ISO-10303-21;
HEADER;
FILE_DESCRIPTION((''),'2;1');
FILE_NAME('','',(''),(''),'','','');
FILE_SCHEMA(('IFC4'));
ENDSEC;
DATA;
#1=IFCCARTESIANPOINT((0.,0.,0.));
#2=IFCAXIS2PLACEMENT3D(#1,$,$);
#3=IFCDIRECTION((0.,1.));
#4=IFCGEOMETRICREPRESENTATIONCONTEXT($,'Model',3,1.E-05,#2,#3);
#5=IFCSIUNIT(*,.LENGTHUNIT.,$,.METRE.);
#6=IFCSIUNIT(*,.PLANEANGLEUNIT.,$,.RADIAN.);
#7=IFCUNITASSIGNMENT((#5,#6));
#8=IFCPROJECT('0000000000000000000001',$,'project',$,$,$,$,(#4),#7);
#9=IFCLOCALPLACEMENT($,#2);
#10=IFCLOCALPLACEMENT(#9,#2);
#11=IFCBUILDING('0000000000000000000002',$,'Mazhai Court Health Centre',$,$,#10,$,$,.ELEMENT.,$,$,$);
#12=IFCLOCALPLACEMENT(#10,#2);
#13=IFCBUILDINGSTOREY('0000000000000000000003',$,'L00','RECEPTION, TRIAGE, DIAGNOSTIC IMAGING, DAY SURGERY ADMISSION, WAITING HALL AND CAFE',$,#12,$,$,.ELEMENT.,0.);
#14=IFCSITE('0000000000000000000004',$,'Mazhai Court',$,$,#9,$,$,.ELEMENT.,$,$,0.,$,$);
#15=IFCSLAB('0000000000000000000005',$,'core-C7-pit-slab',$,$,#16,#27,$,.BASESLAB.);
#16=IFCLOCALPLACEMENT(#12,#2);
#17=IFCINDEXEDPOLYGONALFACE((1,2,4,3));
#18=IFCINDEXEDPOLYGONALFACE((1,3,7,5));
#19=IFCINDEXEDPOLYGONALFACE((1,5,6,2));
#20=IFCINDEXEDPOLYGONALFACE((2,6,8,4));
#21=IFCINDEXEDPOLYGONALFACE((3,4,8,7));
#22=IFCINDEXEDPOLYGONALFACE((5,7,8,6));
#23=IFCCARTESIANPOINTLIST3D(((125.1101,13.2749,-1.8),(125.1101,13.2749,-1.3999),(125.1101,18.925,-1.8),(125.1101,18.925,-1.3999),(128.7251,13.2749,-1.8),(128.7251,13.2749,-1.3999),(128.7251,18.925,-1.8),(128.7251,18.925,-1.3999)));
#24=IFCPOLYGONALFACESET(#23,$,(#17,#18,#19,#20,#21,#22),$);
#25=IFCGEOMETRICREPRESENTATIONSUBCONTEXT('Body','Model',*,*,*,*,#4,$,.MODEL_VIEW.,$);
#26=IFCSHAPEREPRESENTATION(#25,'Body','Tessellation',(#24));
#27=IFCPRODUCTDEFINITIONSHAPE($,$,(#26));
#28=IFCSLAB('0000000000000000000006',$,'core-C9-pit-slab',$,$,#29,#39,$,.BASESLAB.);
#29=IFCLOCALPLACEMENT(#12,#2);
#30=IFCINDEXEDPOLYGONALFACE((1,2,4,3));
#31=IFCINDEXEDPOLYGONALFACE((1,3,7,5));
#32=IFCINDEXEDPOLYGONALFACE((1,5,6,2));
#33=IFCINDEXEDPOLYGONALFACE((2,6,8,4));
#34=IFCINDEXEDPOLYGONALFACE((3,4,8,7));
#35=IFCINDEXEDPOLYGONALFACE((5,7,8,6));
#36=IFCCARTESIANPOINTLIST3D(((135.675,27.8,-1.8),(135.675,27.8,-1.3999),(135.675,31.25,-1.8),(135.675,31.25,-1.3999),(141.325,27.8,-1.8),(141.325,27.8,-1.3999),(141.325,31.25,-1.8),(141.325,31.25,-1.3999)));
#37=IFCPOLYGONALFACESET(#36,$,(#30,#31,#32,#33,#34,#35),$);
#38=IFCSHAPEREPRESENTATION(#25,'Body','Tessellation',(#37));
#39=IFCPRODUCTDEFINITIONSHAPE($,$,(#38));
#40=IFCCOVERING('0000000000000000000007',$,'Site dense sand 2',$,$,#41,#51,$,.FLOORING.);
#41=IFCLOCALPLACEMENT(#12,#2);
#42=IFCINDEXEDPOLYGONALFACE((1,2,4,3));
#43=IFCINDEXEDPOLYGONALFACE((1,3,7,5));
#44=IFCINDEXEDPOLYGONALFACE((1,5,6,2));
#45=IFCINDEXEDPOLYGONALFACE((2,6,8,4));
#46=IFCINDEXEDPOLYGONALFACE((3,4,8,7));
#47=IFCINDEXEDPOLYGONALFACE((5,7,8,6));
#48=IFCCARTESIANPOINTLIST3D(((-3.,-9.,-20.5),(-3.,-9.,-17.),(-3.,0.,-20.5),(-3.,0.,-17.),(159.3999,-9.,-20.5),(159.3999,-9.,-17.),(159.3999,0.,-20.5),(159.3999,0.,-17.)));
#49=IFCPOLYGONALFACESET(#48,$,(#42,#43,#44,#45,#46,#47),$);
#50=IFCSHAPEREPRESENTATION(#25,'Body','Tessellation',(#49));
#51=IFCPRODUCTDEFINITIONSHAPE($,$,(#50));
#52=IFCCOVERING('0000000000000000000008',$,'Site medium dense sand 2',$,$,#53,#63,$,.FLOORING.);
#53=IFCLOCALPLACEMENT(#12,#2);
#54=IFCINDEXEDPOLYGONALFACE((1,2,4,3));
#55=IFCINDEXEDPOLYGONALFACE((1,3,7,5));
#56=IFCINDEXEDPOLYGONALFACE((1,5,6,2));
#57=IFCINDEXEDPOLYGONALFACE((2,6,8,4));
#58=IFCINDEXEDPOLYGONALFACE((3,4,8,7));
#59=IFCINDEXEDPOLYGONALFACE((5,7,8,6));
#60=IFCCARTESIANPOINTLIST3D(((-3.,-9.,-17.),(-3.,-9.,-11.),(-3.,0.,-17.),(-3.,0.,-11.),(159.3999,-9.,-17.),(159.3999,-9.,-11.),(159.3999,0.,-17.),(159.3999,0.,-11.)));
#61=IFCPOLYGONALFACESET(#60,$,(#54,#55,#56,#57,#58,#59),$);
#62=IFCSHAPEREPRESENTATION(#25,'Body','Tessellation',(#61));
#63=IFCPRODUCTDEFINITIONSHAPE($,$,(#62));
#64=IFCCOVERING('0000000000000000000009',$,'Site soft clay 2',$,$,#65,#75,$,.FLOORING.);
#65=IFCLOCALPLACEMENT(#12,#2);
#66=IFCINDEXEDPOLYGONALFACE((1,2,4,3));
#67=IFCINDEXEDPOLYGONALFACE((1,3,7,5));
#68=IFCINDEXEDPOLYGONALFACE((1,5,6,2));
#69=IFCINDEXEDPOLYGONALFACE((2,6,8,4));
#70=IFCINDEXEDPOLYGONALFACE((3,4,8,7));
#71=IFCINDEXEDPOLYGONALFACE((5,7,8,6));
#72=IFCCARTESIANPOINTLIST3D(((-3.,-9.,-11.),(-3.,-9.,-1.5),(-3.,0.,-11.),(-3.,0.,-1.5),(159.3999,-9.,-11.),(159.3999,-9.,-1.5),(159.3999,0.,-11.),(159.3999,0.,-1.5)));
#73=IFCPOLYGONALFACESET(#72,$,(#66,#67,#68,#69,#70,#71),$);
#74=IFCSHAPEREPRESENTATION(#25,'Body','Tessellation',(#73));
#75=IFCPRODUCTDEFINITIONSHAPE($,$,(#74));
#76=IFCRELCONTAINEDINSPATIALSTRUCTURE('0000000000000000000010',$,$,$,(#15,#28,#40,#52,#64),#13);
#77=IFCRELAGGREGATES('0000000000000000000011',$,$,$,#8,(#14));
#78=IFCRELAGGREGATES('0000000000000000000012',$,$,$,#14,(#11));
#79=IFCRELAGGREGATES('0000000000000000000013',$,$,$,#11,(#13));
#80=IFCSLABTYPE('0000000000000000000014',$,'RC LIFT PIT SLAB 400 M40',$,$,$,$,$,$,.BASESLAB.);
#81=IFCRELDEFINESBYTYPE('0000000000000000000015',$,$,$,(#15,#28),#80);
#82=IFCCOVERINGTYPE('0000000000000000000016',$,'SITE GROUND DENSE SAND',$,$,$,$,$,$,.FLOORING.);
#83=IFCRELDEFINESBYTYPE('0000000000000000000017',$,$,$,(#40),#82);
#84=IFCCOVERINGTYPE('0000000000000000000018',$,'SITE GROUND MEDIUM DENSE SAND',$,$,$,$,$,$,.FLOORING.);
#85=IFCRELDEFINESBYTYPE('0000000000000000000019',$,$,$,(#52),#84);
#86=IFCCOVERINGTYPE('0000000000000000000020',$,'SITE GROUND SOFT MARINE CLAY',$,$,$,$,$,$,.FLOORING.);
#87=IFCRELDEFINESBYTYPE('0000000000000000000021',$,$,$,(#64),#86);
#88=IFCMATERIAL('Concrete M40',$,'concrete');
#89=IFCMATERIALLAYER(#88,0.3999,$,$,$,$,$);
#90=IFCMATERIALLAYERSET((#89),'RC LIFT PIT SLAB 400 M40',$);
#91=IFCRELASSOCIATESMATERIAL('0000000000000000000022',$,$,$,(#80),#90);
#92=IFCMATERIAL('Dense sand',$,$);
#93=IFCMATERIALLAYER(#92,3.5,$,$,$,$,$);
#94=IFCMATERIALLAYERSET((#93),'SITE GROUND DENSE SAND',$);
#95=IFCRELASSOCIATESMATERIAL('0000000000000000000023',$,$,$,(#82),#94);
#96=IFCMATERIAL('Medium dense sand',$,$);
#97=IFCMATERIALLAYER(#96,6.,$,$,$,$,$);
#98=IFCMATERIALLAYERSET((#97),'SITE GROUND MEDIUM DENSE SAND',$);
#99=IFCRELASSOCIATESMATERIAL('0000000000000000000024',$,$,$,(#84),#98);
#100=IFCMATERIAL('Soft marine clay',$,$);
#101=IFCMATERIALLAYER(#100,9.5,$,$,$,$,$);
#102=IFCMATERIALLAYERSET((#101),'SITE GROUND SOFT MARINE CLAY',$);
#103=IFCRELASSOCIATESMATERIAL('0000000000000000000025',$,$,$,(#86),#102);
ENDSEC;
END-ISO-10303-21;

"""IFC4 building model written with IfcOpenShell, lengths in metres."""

from ifc_helpers import new_model, si_unit, direction, frame, origin, place, context, subcontext, project, spatial, polyline, outline, extrude, material, layer, layer_set, type_object, element, save


model = new_model("IFC4")

# Units and contexts
model_context = context("Model", 3, precision=1e-05, world=origin(), true_north=direction((0.0, 1.0)))
body_context = subcontext(model_context, "Body", "Model", "MODEL_VIEW")
ifc_project = project(units=[si_unit("LENGTHUNIT", "METRE"), si_unit("PLANEANGLEUNIT", "RADIAN")], contexts=[model_context])

# Site, building, storey
site_placement = place(None, origin())
site = spatial("IfcSite", under=ifc_project, at=site_placement, Name="Mazhai Court", CompositionType="ELEMENT", RefElevation=0.0)
building_placement = place(site_placement, origin())
building = spatial("IfcBuilding", under=site, at=building_placement, Name="Mazhai Court Health Centre", CompositionType="ELEMENT")
storey_placement = place(building_placement, origin())
storey = spatial("IfcBuildingStorey", under=building, at=storey_placement, Name="L00", Description="RECEPTION, TRIAGE, DIAGNOSTIC IMAGING, DAY SURGERY ADMISSION, WAITING HALL AND CAFE", CompositionType="ELEMENT", Elevation=0.0)

# Slabs
ifc_material_1 = material(Name="Concrete M40", Category="concrete")
ifc_layer_1 = layer(ifc_material_1, 0.3999)
ifc_layer_set_1 = layer_set([ifc_layer_1], Name="RC LIFT PIT SLAB 400 M40")
slab_type = type_object("IfcSlabType", Name="RC LIFT PIT SLAB 400 M40", PredefinedType="BASESLAB", material=ifc_layer_set_1)
slab_1_placement = place(storey_placement, frame((0.0, 0.0, -1.8)))
element("IfcSlab", 1, at=slab_1_placement, inside=storey, type_object=slab_type, Name="core-C7-pit-slab", PredefinedType="BASESLAB", context=body_context, shape_type="SweptSolid", body=[
    extrude(outline(polyline([(125.1101, 13.2749), (128.7251, 13.2749), (128.7251, 18.925), (125.1101, 18.925), (125.1101, 13.2749)])), origin(), (0.0, 0.0, 1.0), 0.4001),
])
slab_2_placement = place(storey_placement, frame((0.0, 0.0, -1.8)))
element("IfcSlab", 2, at=slab_2_placement, inside=storey, type_object=slab_type, Name="core-C9-pit-slab", PredefinedType="BASESLAB", context=body_context, shape_type="SweptSolid", body=[
    extrude(outline(polyline([(135.675, 27.8), (135.675, 31.25), (141.325, 31.25), (141.325, 27.8), (135.675, 27.8)])), origin(), (0.0, 0.0, 1.0), 0.4001),
])

# Coverings
ifc_material_2 = material(Name="Dense sand")
ifc_layer_2 = layer(ifc_material_2, 3.5)
ifc_layer_set_2 = layer_set([ifc_layer_2], Name="SITE GROUND DENSE SAND")
covering_type_1 = type_object("IfcCoveringType", Name="SITE GROUND DENSE SAND", PredefinedType="FLOORING", material=ifc_layer_set_2)
covering_1_placement = place(storey_placement, frame((0.0, 0.0, -20.5)))
element("IfcCovering", 3, at=covering_1_placement, inside=storey, type_object=covering_type_1, Name="Site dense sand 2", PredefinedType="FLOORING", context=body_context, shape_type="SweptSolid", body=[
    extrude(outline(polyline([(-3.0, -9.0), (-3.0, 0.0), (159.3999, 0.0), (159.3999, -9.0), (-3.0, -9.0)])), origin(), (0.0, 0.0, 1.0), 3.5),
])
ifc_material_3 = material(Name="Medium dense sand")
ifc_layer_3 = layer(ifc_material_3, 6.0)
ifc_layer_set_3 = layer_set([ifc_layer_3], Name="SITE GROUND MEDIUM DENSE SAND")
covering_type_2 = type_object("IfcCoveringType", Name="SITE GROUND MEDIUM DENSE SAND", PredefinedType="FLOORING", material=ifc_layer_set_3)
covering_2_placement = place(storey_placement, frame((0.0, 0.0, -17.0)))
element("IfcCovering", 4, at=covering_2_placement, inside=storey, type_object=covering_type_2, Name="Site medium dense sand 2", PredefinedType="FLOORING", context=body_context, shape_type="SweptSolid", body=[
    extrude(outline(polyline([(-3.0, -9.0), (-3.0, 0.0), (159.3999, 0.0), (159.3999, -9.0), (-3.0, -9.0)])), origin(), (0.0, 0.0, 1.0), 6.0),
])
ifc_material_4 = material(Name="Soft marine clay")
ifc_layer_4 = layer(ifc_material_4, 9.5)
ifc_layer_set_4 = layer_set([ifc_layer_4], Name="SITE GROUND SOFT MARINE CLAY")
covering_type_3 = type_object("IfcCoveringType", Name="SITE GROUND SOFT MARINE CLAY", PredefinedType="FLOORING", material=ifc_layer_set_4)
covering_3_placement = place(storey_placement, frame((0.0, 0.0, -11.0)))
element("IfcCovering", 5, at=covering_3_placement, inside=storey, type_object=covering_type_3, Name="Site soft clay 2", PredefinedType="FLOORING", context=body_context, shape_type="SweptSolid", body=[
    extrude(outline(polyline([(-3.0, -9.0), (-3.0, 0.0), (159.3999, 0.0), (159.3999, -9.0), (-3.0, -9.0)])), origin(), (0.0, 0.0, 1.0), 9.5),
])

save(model, "model.ifc")
